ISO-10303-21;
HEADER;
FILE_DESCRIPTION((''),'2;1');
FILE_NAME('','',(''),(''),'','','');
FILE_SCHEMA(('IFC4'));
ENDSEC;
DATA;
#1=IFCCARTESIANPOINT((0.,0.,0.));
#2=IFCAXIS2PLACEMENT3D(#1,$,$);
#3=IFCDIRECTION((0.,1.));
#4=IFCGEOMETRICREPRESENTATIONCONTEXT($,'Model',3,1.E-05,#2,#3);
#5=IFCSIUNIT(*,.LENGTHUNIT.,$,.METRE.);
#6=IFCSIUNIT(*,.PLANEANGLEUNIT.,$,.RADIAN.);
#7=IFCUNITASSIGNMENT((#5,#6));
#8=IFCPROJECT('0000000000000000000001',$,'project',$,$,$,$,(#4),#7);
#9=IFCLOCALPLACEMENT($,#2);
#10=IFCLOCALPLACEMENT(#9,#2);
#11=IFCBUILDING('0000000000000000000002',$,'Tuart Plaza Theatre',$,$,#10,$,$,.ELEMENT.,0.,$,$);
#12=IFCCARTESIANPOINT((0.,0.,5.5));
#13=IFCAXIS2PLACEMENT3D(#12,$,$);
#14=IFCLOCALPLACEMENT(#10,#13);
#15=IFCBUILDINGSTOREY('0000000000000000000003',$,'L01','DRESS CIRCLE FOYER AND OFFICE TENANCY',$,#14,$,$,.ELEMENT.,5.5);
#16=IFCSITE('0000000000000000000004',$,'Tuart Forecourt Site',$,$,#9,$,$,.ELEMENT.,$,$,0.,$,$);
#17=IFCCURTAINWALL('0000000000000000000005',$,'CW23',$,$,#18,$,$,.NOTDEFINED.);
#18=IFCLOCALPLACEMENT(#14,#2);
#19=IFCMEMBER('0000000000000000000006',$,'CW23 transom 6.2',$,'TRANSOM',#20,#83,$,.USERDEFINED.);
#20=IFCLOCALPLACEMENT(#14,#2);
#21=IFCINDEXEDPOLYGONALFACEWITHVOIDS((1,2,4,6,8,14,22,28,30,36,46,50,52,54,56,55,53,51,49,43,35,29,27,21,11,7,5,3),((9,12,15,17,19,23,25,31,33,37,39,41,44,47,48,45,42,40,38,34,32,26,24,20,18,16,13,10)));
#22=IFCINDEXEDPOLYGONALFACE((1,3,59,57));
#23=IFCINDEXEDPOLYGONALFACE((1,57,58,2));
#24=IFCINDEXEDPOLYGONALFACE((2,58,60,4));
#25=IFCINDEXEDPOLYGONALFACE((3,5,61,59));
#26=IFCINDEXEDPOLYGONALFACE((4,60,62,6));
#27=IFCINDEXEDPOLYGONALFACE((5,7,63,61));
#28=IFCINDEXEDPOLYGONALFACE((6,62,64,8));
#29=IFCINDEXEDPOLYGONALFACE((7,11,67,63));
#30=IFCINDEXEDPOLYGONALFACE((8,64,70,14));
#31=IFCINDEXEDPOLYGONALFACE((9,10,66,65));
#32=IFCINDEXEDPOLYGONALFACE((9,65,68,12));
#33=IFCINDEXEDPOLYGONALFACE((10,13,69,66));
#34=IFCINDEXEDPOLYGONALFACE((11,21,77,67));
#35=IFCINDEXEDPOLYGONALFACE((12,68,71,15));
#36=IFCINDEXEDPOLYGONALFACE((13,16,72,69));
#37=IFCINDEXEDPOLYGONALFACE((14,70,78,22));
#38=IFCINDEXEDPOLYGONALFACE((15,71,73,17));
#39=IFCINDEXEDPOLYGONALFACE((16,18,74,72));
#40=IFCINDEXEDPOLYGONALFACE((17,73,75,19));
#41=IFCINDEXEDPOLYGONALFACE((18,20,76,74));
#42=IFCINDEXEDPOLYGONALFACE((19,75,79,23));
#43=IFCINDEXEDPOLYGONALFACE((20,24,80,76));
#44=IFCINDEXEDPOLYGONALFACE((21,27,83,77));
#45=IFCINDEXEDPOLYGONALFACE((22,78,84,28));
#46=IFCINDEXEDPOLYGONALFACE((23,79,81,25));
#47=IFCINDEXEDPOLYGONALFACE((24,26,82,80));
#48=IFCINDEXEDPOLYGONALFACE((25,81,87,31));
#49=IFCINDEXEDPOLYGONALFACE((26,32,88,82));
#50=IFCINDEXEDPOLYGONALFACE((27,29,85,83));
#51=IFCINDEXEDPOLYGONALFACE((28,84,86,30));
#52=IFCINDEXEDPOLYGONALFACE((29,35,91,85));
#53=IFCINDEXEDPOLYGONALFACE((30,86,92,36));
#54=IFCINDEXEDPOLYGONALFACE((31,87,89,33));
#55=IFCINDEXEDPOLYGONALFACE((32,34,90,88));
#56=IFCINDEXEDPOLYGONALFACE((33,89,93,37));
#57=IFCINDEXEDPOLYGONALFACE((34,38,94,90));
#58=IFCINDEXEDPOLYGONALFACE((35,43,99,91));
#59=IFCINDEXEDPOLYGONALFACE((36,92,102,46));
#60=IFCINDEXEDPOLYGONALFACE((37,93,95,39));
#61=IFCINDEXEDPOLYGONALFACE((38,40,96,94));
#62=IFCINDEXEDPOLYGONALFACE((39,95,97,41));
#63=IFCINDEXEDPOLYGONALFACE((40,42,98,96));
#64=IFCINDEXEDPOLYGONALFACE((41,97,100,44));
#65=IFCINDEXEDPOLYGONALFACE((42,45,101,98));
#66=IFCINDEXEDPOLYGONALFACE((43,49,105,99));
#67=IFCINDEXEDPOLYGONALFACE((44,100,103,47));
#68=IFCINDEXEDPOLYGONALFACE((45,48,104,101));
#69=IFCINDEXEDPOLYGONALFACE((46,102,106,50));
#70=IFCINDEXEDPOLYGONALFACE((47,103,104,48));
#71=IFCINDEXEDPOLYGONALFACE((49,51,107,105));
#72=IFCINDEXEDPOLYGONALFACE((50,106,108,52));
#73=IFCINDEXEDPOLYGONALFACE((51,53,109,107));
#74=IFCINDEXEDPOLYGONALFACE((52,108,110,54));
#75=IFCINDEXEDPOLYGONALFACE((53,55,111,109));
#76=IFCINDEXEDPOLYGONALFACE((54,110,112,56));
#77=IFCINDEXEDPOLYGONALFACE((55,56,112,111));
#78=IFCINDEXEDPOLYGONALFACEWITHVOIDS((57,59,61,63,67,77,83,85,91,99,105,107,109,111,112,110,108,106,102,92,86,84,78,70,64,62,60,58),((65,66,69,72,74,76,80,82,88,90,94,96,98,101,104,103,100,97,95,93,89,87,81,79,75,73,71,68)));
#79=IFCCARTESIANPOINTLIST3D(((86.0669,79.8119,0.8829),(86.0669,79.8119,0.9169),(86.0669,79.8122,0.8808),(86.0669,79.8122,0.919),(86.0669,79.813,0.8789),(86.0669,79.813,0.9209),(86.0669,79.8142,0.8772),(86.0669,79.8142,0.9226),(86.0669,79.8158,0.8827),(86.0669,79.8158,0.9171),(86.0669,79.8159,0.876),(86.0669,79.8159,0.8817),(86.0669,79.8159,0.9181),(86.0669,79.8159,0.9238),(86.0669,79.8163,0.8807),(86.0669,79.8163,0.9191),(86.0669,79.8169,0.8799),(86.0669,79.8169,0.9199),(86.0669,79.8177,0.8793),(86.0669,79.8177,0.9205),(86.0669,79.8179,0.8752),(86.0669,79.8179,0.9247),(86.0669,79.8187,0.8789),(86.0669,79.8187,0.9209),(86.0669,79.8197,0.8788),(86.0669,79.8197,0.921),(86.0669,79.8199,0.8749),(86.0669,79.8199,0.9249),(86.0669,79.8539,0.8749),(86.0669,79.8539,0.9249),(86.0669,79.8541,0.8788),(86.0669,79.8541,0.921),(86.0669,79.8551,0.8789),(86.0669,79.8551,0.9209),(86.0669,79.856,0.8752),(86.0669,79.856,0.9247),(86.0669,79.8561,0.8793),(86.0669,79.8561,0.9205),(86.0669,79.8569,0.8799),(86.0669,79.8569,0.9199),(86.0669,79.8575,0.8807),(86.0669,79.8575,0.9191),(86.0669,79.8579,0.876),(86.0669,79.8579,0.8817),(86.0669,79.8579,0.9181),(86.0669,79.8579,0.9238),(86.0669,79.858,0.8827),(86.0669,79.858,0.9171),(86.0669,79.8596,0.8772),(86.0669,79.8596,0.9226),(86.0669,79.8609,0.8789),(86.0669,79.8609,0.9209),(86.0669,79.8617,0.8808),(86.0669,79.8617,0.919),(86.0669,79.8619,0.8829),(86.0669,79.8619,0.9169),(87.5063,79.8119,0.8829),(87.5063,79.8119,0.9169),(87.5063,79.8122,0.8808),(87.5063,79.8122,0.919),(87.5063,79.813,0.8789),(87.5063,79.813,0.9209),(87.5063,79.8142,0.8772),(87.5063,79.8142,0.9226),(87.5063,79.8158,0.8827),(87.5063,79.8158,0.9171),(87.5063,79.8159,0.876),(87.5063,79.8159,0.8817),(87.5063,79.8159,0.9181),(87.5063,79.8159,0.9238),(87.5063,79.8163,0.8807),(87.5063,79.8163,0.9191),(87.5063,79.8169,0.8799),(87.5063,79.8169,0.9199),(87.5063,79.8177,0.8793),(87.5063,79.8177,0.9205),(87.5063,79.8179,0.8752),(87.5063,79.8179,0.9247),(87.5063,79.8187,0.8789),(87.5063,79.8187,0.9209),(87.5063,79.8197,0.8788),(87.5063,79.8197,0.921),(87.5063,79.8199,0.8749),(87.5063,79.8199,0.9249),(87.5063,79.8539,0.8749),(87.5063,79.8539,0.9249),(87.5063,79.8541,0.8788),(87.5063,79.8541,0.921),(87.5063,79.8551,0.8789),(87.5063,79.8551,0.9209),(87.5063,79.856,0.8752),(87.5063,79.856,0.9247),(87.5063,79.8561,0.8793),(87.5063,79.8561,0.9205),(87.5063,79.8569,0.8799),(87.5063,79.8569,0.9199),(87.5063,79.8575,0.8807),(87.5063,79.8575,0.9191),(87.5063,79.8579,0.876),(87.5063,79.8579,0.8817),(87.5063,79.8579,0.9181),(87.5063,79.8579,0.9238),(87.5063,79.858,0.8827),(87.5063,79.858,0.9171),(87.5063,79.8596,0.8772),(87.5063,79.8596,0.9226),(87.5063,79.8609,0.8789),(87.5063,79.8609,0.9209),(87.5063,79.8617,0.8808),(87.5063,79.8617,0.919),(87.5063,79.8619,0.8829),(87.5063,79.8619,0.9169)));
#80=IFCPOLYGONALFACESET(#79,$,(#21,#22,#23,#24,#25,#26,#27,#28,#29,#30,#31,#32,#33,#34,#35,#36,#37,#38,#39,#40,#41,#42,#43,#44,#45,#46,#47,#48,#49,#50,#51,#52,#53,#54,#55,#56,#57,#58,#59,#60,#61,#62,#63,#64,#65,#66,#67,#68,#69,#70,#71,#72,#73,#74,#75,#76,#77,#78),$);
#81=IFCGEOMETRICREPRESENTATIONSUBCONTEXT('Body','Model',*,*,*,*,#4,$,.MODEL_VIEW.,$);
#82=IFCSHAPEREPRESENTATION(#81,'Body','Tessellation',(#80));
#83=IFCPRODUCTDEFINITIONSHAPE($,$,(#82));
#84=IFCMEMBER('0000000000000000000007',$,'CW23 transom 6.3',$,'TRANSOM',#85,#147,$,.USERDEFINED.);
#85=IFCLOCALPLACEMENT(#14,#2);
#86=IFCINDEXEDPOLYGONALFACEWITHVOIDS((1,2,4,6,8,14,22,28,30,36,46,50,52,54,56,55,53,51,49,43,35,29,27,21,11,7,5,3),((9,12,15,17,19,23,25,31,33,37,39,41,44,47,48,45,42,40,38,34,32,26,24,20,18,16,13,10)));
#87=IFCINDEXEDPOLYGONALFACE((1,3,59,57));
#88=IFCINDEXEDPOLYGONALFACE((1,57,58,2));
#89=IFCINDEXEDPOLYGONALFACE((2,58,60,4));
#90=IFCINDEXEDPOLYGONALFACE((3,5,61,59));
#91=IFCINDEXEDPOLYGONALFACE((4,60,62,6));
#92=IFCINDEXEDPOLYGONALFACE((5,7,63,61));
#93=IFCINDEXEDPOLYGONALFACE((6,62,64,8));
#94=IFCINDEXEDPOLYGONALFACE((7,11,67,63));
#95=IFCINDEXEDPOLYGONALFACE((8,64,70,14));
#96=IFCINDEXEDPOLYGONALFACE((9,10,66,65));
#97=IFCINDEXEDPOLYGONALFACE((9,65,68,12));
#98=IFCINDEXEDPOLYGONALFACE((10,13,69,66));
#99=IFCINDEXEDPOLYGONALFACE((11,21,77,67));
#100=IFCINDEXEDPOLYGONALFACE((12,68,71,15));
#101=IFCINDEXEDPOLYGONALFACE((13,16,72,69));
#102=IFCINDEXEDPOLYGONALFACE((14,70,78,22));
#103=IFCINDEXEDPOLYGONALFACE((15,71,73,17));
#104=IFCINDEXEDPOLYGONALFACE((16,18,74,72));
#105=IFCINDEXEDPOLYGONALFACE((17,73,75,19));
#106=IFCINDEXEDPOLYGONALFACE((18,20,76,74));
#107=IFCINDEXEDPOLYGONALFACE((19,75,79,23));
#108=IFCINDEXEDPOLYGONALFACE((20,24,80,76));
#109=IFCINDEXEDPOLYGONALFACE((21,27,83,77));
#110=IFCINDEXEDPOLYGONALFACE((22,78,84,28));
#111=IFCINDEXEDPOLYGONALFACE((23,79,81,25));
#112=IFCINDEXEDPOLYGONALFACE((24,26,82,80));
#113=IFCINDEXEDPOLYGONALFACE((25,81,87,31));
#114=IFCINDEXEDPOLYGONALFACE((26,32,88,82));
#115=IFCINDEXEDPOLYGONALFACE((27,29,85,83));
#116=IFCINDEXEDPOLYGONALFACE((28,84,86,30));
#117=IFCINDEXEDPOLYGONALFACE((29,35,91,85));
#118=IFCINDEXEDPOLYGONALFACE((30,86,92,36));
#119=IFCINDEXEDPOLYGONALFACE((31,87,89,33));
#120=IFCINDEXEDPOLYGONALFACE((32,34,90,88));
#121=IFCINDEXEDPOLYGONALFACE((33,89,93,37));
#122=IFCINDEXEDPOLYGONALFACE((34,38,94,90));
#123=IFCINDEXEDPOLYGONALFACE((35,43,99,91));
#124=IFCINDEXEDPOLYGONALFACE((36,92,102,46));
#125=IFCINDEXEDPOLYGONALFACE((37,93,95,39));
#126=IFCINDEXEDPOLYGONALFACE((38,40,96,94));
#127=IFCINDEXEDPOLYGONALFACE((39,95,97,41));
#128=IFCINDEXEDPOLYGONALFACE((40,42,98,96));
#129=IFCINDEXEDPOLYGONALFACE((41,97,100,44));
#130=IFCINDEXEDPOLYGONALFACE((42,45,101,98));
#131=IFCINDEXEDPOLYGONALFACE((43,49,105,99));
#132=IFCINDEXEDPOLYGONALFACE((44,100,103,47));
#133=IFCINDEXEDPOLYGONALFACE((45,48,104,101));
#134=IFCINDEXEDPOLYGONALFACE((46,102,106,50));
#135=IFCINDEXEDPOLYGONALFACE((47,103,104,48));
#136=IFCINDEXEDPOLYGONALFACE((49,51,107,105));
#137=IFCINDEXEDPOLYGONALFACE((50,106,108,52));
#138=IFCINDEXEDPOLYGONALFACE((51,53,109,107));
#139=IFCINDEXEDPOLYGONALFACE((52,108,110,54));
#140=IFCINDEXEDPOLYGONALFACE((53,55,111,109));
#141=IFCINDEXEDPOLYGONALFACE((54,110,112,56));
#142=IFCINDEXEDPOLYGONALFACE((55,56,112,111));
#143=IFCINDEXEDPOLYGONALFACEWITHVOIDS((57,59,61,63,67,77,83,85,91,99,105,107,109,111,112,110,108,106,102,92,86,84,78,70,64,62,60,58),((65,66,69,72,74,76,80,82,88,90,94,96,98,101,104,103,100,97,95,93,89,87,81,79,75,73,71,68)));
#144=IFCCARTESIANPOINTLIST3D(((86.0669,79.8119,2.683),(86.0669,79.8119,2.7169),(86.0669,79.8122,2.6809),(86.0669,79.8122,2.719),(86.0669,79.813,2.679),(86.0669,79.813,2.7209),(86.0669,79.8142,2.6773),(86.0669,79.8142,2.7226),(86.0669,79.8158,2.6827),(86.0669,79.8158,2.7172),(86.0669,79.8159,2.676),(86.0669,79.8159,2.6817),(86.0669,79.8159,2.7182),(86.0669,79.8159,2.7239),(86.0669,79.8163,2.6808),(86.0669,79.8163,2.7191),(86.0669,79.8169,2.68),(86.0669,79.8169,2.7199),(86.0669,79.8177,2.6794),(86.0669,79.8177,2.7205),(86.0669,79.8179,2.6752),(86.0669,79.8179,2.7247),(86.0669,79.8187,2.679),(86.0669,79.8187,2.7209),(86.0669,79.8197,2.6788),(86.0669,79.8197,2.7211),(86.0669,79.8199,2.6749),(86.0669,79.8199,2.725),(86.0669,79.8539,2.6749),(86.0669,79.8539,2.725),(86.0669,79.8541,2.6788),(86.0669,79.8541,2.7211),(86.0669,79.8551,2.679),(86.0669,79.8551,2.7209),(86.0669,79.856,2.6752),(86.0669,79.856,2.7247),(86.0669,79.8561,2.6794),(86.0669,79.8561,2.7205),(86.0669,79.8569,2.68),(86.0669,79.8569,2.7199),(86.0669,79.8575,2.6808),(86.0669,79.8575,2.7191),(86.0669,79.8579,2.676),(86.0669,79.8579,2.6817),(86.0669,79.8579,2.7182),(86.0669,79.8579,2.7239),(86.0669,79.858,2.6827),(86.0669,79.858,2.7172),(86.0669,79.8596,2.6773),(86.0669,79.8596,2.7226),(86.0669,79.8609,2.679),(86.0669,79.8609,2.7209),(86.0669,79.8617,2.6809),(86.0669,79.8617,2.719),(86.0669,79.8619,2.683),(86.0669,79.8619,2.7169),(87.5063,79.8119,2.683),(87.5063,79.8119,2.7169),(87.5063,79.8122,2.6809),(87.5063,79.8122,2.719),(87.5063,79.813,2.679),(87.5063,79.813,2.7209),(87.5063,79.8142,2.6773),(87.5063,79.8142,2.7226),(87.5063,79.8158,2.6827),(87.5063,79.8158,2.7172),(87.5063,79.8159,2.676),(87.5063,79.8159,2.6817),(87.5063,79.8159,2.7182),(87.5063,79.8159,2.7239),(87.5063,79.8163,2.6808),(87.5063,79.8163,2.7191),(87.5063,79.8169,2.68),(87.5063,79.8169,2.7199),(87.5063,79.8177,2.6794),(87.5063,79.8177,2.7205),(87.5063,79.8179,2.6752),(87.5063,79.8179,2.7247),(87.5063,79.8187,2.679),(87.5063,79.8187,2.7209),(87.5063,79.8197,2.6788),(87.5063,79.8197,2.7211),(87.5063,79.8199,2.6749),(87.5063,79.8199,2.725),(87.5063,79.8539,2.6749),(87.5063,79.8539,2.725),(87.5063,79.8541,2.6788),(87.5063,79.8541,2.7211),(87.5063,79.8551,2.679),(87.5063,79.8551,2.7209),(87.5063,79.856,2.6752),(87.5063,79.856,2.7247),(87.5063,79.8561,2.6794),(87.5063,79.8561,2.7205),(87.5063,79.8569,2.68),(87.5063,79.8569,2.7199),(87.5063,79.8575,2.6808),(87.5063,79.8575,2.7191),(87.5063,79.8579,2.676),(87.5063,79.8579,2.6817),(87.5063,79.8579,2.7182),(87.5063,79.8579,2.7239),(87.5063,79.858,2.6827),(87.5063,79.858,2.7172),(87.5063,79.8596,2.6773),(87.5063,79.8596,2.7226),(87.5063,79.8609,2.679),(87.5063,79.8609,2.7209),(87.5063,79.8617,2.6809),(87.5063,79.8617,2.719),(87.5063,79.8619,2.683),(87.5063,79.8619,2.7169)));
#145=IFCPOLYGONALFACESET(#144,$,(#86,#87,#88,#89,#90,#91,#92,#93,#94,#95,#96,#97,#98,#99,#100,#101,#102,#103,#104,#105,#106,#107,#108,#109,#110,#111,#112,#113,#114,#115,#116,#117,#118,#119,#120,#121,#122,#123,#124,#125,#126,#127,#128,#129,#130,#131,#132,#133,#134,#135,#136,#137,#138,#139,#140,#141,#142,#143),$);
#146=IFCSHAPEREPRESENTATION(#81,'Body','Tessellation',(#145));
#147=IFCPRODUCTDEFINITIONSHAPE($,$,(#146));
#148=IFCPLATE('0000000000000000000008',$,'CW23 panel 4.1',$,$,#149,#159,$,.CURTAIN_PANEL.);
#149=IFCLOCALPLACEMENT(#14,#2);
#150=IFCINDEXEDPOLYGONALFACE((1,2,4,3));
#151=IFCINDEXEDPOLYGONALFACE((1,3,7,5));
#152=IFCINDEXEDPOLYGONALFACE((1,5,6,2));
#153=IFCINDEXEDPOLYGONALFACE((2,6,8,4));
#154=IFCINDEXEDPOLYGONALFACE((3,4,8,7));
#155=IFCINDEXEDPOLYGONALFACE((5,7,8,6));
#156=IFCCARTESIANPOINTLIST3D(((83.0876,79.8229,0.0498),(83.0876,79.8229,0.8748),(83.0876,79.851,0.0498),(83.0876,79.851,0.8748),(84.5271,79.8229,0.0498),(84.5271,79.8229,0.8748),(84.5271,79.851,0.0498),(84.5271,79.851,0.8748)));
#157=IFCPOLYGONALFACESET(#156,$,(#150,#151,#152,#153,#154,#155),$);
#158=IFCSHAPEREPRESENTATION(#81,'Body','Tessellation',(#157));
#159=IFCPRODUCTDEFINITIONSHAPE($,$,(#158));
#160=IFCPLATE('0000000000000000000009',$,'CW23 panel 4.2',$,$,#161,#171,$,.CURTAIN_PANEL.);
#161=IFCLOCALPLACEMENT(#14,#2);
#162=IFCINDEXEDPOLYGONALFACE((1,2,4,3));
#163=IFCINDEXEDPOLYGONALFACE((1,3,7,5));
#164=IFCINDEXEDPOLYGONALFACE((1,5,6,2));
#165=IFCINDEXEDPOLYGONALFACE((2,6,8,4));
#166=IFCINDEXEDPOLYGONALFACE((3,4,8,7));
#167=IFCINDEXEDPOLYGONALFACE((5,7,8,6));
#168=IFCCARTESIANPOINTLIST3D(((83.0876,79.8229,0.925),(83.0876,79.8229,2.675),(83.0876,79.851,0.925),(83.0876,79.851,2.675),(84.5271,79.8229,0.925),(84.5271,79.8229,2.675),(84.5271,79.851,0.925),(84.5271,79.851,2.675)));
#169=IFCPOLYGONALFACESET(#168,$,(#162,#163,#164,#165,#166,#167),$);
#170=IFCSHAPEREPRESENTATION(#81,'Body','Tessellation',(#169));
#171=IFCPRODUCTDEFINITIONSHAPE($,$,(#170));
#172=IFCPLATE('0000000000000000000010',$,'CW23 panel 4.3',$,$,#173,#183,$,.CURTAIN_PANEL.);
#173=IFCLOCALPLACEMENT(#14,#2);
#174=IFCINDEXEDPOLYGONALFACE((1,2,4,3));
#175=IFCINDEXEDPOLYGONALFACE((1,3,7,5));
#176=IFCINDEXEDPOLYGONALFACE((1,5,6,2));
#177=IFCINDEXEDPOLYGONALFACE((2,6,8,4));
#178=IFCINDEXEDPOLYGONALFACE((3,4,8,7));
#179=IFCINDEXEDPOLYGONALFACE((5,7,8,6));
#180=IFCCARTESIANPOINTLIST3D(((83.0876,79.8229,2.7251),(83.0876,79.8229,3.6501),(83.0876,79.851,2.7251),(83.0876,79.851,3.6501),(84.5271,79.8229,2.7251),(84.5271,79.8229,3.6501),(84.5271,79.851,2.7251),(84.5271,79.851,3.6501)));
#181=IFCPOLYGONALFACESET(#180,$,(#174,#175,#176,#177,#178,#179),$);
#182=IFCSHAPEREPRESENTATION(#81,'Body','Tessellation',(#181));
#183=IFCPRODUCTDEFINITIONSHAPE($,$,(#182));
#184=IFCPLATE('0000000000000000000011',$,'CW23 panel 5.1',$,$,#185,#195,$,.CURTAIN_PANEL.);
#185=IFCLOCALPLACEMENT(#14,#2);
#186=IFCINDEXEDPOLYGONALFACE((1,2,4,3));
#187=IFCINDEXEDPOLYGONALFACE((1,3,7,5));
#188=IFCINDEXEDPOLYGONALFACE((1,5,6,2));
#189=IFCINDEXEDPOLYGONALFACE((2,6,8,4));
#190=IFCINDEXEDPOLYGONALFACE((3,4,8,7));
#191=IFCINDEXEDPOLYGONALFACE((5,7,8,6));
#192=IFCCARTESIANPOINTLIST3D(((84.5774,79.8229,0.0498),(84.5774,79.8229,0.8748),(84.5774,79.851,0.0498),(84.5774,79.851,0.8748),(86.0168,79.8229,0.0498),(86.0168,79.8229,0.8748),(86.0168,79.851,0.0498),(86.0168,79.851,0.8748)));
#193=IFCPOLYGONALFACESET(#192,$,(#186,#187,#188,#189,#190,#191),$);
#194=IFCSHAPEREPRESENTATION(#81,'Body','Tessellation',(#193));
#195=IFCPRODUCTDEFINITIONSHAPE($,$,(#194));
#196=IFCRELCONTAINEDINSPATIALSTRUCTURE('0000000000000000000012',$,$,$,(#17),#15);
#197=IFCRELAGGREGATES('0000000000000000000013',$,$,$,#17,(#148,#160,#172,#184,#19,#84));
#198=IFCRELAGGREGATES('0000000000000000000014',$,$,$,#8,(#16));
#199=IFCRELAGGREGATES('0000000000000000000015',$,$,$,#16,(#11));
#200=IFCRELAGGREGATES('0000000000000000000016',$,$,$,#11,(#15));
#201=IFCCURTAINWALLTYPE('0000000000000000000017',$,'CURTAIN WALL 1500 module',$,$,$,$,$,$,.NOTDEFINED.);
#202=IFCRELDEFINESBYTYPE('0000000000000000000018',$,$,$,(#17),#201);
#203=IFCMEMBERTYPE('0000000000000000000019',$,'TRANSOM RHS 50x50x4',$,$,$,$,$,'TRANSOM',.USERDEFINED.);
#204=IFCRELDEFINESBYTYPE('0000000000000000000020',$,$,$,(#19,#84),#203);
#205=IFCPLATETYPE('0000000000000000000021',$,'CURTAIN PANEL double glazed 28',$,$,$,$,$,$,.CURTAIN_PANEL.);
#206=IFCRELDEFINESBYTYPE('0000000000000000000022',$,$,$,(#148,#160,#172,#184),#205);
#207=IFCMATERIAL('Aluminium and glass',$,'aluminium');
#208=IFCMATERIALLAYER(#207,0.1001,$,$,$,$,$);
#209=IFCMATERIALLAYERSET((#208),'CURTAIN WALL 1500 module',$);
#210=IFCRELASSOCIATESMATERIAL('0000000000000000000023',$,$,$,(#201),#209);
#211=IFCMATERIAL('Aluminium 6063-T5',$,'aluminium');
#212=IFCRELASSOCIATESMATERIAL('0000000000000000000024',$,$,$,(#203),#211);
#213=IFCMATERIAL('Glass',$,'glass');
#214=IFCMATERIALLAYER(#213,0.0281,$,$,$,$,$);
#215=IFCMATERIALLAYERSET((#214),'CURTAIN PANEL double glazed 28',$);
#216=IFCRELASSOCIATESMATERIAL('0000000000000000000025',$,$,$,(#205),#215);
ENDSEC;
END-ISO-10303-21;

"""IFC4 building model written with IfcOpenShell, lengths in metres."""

from ifc_helpers import new_model, si_unit, direction, frame, origin, origin_2d, place, context, subcontext, project, spatial, rectangle, hollow_rectangle, extrude, material, layer, layer_set, material_profile, profile_set, type_object, element, aggregate, save


model = new_model("IFC4")

# Units and contexts
model_context = context("Model", 3, precision=1e-05, world=origin(), true_north=direction((0.0, 1.0)))
body_context = subcontext(model_context, "Body", "Model", "MODEL_VIEW")
ifc_project = project(units=[si_unit("LENGTHUNIT", "METRE"), si_unit("PLANEANGLEUNIT", "RADIAN")], contexts=[model_context])

# Site, building, storey
site_placement = place(None, origin())
site = spatial("IfcSite", under=ifc_project, at=site_placement, Name="Tuart Forecourt Site", CompositionType="ELEMENT", RefElevation=0.0)
building_placement = place(site_placement, origin())
building = spatial("IfcBuilding", under=site, at=building_placement, Name="Tuart Plaza Theatre", CompositionType="ELEMENT", ElevationOfRefHeight=0.0)
storey_placement = place(building_placement, frame((0.0, 0.0, 5.5)))
storey = spatial("IfcBuildingStorey", under=building, at=storey_placement, Name="L01", Description="DRESS CIRCLE FOYER AND OFFICE TENANCY", CompositionType="ELEMENT", Elevation=5.5)

# Curtain wall, members, plates
ifc_material_1 = material(Name="Aluminium and glass", Category="aluminium")
ifc_layer_1 = layer(ifc_material_1, 0.1001)
ifc_layer_set_1 = layer_set([ifc_layer_1], Name="CURTAIN WALL 1500 module")
curtain_wall_type = type_object("IfcCurtainWallType", Name="CURTAIN WALL 1500 module", PredefinedType="NOTDEFINED", material=ifc_layer_set_1)
curtain_wall_placement = place(storey_placement, origin())
curtain_wall = element("IfcCurtainWall", 1, at=curtain_wall_placement, inside=storey, type_object=curtain_wall_type, Name="CW23", PredefinedType="NOTDEFINED")
ifc_material_2 = material(Name="Aluminium 6063-T5", Category="aluminium")
ifc_material_profile_1 = material_profile(ifc_material_2, hollow_rectangle(XDim=0.05, YDim=0.05, WallThickness=0.0039, InnerFilletRadius=0.0039, OuterFilletRadius=0.0081, at=origin_2d()), Name="RHS 50x50x4")
ifc_profile_set_1 = profile_set([ifc_material_profile_1], Name="Aluminium 6063-T5")
member_type_1 = type_object("IfcMemberType", Name="TRANSOM RHS 50x50x4", ElementType="TRANSOM", PredefinedType="USERDEFINED", material=ifc_profile_set_1)
member_1_placement = place(storey_placement, frame((86.0669, 79.8369, 0.8999), z_axis=(1.0, 0.0, 0.0), x_axis=(0.0, 1.0, 0.0)))
member_1 = element("IfcMember", 2, at=member_1_placement, type_object=member_type_1, Name="CW23 transom 6.2", ObjectType="TRANSOM", PredefinedType="USERDEFINED", context=body_context, shape_type="SweptSolid", body=[
    extrude(hollow_rectangle(XDim=0.05, YDim=0.05, WallThickness=0.0039, InnerFilletRadius=0.0039, OuterFilletRadius=0.0081, at=origin_2d()), origin(), (0.0, 0.0, 1.0), 1.4395),
])
member_2_placement = place(storey_placement, frame((86.0669, 79.8369, 2.7), z_axis=(1.0, 0.0, 0.0), x_axis=(0.0, 1.0, 0.0)))
member_2 = element("IfcMember", 3, at=member_2_placement, type_object=member_type_1, Name="CW23 transom 6.3", ObjectType="TRANSOM", PredefinedType="USERDEFINED", context=body_context, shape_type="SweptSolid", body=[
    extrude(hollow_rectangle(XDim=0.05, YDim=0.05, WallThickness=0.0039, InnerFilletRadius=0.0039, OuterFilletRadius=0.0081, at=origin_2d()), origin(), (0.0, 0.0, 1.0), 1.4395),
])
ifc_material_3 = material(Name="Glass", Category="glass")
ifc_layer_2 = layer(ifc_material_3, 0.0281)
ifc_layer_set_2 = layer_set([ifc_layer_2], Name="CURTAIN PANEL double glazed 28")
plate_type = type_object("IfcPlateType", Name="CURTAIN PANEL double glazed 28", PredefinedType="CURTAIN_PANEL", material=ifc_layer_set_2)
plate_1_placement = place(storey_placement, frame((83.8074, 79.8369, 0.0498), z_axis=(0.0, 0.0, 1.0), x_axis=(1.0, 0.0, 0.0)))
plate_1 = element("IfcPlate", 4, at=plate_1_placement, type_object=plate_type, Name="CW23 panel 4.1", PredefinedType="CURTAIN_PANEL", context=body_context, shape_type="SweptSolid", body=[
    extrude(rectangle(XDim=1.4395, YDim=0.0281, at=origin_2d()), origin(), (0.0, 0.0, 1.0), 0.825),
])
plate_2_placement = place(storey_placement, frame((83.8074, 79.8369, 0.925), z_axis=(0.0, 0.0, 1.0), x_axis=(1.0, 0.0, 0.0)))
plate_2 = element("IfcPlate", 5, at=plate_2_placement, type_object=plate_type, Name="CW23 panel 4.2", PredefinedType="CURTAIN_PANEL", context=body_context, shape_type="SweptSolid", body=[
    extrude(rectangle(XDim=1.4395, YDim=0.0281, at=origin_2d()), origin(), (0.0, 0.0, 1.0), 1.75),
])
plate_3_placement = place(storey_placement, frame((83.8074, 79.8369, 2.7251), z_axis=(0.0, 0.0, 1.0), x_axis=(1.0, 0.0, 0.0)))
plate_3 = element("IfcPlate", 6, at=plate_3_placement, type_object=plate_type, Name="CW23 panel 4.3", PredefinedType="CURTAIN_PANEL", context=body_context, shape_type="SweptSolid", body=[
    extrude(rectangle(XDim=1.4395, YDim=0.0281, at=origin_2d()), origin(), (0.0, 0.0, 1.0), 0.925),
])
plate_4_placement = place(storey_placement, frame((85.2971, 79.8369, 0.0498), z_axis=(0.0, 0.0, 1.0), x_axis=(1.0, 0.0, 0.0)))
plate_4 = element("IfcPlate", 7, at=plate_4_placement, type_object=plate_type, Name="CW23 panel 5.1", PredefinedType="CURTAIN_PANEL", context=body_context, shape_type="SweptSolid", body=[
    extrude(rectangle(XDim=1.4395, YDim=0.0281, at=origin_2d()), origin(), (0.0, 0.0, 1.0), 0.825),
])
aggregate(curtain_wall, [plate_1, plate_2, plate_3, plate_4, member_1, member_2])

save(model, "model.ifc")
